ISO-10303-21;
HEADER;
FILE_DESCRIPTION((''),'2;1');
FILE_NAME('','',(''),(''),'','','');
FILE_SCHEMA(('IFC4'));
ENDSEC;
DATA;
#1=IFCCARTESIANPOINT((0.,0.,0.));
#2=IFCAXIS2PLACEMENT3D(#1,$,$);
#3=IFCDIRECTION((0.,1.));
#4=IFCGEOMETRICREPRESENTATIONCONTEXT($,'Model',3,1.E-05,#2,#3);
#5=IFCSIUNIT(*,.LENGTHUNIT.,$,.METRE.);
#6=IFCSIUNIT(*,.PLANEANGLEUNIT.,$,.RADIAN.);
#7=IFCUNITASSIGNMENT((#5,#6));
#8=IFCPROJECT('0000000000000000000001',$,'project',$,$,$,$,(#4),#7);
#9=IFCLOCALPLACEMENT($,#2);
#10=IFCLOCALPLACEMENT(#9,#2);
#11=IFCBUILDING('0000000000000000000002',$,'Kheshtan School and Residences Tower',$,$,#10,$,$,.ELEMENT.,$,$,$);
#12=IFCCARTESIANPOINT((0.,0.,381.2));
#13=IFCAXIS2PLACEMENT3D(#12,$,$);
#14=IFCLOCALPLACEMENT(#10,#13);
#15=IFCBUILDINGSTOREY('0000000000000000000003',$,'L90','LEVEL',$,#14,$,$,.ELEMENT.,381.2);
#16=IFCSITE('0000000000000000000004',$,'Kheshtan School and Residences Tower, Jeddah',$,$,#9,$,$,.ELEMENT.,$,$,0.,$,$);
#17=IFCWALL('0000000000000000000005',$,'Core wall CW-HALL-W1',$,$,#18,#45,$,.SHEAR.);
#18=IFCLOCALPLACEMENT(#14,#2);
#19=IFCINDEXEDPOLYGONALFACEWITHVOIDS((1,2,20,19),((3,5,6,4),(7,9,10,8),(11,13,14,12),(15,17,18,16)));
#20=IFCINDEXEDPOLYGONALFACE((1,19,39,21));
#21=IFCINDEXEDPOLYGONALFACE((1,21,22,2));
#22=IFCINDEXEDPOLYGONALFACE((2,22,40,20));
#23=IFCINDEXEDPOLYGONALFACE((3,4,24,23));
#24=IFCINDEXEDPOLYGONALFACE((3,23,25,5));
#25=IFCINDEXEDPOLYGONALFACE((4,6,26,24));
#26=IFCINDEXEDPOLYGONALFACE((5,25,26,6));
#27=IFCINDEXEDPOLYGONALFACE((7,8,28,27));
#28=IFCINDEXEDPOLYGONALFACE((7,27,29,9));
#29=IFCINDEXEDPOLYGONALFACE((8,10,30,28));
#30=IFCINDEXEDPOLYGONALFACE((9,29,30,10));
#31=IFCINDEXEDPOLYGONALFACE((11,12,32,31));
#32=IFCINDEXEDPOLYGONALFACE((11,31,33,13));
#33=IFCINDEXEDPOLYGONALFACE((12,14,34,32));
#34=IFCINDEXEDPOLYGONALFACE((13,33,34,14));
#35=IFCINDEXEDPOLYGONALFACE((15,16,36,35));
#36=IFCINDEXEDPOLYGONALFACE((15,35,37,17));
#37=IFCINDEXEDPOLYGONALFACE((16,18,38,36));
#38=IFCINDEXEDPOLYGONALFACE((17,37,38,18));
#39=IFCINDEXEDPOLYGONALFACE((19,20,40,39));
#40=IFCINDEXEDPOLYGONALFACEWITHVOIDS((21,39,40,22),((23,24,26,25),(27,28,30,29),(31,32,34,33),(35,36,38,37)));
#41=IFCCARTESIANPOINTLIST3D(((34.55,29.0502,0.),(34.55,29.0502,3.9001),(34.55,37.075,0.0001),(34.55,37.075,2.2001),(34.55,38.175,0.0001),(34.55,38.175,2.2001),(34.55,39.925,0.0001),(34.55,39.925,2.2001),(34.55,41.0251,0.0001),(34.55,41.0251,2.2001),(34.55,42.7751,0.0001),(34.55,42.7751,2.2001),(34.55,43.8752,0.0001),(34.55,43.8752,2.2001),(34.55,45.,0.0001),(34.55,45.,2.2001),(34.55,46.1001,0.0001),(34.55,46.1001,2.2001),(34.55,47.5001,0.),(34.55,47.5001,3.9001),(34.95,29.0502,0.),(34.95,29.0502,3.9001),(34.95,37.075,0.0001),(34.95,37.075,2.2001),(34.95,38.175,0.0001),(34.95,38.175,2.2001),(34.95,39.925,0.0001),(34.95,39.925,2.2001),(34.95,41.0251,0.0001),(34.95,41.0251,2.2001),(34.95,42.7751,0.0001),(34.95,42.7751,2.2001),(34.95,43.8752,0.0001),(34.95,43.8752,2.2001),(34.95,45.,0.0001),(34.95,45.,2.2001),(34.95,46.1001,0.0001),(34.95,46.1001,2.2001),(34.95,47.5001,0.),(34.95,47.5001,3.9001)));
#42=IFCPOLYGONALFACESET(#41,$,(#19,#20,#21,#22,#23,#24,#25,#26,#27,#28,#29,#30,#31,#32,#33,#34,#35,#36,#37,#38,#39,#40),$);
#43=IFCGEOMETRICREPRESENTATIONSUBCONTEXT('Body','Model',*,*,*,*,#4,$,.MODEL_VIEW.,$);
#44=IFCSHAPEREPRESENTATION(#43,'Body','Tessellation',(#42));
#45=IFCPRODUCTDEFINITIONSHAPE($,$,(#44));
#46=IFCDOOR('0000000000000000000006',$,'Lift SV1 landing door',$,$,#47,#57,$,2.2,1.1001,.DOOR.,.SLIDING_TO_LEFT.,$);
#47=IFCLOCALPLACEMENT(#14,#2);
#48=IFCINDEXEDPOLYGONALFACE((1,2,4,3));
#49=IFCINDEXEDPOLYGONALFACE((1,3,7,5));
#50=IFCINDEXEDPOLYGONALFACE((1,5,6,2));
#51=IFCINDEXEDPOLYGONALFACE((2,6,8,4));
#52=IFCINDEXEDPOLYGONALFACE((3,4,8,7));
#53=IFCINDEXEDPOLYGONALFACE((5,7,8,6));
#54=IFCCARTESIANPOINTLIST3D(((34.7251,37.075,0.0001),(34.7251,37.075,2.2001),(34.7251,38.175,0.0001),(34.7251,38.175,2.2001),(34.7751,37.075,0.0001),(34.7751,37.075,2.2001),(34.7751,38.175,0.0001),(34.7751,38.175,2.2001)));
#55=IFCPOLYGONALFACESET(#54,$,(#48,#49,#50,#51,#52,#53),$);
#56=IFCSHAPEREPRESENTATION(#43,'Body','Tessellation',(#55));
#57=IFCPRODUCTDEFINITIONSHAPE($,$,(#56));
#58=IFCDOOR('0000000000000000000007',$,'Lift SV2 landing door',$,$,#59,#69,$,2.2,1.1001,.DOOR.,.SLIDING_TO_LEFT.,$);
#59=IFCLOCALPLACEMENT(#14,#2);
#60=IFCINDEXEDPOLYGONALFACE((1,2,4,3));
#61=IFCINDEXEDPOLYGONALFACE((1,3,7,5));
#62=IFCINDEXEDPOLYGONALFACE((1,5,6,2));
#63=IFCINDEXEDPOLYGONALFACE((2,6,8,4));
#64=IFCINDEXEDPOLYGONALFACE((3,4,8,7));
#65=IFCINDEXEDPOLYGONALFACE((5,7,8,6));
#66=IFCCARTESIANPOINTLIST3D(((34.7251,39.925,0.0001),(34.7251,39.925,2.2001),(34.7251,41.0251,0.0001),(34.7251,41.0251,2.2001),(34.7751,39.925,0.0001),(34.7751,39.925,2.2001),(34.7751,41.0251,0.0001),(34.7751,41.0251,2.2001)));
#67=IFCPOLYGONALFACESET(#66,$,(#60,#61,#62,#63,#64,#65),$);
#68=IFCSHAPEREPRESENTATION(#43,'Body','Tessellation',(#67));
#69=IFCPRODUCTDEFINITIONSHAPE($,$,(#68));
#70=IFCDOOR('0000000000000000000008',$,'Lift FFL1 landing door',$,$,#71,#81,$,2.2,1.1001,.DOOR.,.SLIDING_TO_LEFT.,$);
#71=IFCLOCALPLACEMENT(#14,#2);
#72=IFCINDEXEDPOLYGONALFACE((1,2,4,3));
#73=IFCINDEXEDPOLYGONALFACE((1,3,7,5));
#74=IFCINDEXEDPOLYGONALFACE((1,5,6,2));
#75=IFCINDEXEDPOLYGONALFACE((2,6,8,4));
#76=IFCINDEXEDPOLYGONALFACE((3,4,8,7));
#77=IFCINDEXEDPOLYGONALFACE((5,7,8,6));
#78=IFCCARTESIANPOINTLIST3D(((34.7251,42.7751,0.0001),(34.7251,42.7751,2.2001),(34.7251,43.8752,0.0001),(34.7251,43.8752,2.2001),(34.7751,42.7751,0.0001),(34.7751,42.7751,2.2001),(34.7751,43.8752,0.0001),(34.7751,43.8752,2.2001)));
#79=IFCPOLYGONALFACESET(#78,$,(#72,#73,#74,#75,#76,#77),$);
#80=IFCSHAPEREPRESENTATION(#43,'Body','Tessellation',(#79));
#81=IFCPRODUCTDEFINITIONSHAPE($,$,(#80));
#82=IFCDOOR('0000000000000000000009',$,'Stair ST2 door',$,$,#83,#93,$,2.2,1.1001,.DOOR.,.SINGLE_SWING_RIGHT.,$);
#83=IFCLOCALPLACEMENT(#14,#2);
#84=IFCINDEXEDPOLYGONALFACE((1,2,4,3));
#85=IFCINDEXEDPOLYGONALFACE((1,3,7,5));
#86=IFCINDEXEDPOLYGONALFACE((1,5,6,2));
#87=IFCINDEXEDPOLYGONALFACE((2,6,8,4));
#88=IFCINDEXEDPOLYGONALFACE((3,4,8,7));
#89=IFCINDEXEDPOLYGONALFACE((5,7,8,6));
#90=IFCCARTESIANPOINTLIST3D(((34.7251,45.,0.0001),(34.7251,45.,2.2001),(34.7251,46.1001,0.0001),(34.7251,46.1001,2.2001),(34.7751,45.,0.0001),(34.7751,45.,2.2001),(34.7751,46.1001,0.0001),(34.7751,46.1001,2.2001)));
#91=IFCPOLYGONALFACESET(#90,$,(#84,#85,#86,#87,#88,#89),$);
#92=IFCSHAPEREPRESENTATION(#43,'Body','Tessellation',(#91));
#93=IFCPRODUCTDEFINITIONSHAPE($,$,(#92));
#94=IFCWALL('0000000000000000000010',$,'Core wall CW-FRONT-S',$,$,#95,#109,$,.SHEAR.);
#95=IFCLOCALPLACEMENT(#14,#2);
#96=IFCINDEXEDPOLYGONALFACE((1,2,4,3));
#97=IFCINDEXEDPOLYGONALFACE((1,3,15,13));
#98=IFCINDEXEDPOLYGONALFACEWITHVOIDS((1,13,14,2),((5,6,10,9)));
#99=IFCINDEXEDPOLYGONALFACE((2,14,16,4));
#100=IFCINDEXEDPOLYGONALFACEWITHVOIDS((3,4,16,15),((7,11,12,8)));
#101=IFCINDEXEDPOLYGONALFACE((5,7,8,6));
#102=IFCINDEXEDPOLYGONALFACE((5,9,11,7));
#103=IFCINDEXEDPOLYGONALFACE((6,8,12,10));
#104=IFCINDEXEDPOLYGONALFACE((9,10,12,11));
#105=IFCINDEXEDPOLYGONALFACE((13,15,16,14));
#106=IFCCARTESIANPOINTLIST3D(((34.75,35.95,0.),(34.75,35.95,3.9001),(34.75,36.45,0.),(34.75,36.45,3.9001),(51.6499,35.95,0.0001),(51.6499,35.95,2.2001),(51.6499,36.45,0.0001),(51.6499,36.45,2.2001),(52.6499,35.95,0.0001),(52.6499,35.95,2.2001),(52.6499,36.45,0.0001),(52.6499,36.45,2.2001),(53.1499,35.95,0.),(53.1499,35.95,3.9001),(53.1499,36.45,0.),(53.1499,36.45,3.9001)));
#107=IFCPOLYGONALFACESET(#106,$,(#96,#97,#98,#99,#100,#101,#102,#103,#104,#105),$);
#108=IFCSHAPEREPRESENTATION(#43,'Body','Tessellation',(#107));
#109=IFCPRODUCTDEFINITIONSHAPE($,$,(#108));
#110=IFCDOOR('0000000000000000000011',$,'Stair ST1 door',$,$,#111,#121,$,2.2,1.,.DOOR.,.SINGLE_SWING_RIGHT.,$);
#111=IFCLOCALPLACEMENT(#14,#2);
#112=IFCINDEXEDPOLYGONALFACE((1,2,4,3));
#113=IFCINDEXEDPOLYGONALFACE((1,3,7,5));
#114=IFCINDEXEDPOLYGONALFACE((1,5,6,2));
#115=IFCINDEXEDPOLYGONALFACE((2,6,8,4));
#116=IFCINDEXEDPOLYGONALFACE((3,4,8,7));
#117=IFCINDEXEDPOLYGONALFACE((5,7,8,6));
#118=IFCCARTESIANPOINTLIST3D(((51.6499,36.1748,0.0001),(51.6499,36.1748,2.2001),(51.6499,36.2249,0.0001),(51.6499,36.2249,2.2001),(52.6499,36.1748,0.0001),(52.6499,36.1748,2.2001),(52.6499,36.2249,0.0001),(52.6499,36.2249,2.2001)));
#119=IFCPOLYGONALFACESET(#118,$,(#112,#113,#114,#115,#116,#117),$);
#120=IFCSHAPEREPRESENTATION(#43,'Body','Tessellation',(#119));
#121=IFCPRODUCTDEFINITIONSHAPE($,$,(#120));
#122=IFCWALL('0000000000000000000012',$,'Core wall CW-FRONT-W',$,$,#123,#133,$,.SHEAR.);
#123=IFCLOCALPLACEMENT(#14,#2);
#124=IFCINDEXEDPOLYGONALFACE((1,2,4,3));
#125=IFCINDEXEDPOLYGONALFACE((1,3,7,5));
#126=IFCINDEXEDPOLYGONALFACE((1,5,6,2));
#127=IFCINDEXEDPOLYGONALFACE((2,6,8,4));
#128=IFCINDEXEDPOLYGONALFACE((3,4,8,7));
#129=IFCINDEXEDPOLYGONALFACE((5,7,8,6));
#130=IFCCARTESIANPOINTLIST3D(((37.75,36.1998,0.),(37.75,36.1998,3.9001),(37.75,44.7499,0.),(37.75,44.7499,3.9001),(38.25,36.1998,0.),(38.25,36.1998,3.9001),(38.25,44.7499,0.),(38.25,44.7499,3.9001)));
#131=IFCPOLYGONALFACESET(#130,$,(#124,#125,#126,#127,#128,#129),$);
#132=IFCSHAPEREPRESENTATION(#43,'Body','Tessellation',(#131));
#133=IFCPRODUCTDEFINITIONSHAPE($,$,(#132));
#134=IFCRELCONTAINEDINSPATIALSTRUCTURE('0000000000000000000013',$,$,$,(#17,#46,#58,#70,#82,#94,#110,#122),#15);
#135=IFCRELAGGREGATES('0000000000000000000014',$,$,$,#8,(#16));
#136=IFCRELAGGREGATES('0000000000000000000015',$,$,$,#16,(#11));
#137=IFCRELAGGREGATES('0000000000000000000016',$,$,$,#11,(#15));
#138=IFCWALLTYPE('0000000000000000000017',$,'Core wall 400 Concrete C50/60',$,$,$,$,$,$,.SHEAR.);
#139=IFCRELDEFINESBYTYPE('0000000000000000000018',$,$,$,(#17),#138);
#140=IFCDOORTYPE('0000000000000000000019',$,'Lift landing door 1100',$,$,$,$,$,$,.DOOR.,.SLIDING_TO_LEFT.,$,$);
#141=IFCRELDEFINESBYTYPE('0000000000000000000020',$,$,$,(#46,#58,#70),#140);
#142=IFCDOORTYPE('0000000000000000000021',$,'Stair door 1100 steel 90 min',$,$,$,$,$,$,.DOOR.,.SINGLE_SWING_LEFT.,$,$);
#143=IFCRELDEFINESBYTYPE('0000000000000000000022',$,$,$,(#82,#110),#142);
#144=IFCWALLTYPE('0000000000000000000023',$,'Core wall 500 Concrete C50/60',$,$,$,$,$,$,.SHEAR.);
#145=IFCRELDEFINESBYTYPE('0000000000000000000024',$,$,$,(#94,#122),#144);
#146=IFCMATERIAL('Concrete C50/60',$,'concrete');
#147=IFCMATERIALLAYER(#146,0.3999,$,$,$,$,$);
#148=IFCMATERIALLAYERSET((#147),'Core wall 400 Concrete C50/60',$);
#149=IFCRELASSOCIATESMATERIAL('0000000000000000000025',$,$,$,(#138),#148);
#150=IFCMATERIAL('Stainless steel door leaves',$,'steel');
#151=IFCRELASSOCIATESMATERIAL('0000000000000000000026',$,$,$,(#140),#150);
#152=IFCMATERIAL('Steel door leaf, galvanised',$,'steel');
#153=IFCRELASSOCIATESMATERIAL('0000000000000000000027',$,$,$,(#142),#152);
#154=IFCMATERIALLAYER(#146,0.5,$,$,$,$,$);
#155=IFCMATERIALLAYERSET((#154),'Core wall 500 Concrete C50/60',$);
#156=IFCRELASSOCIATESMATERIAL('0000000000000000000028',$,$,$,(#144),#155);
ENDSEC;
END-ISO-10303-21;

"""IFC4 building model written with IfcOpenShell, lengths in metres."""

from ifc_helpers import new_model, si_unit, direction, frame, frame_2d, origin, place, context, subcontext, project, spatial, rectangle, extrude, source, transform, mapped, material, layer, layer_set, type_object, element, fill, save


model = new_model("IFC4")

# Units and contexts
model_context = context("Model", 3, precision=1e-05, world=origin(), true_north=direction((0.0, 1.0)))
body_context = subcontext(model_context, "Body", "Model", "MODEL_VIEW")
ifc_project = project(units=[si_unit("LENGTHUNIT", "METRE"), si_unit("PLANEANGLEUNIT", "RADIAN")], contexts=[model_context])

# Site, building, storey
site_placement = place(None, origin())
site = spatial("IfcSite", under=ifc_project, at=site_placement, Name="Kheshtan School and Residences Tower, Jeddah", CompositionType="ELEMENT", RefElevation=0.0)
building_placement = place(site_placement, origin())
building = spatial("IfcBuilding", under=site, at=building_placement, Name="Kheshtan School and Residences Tower", CompositionType="ELEMENT")
storey_placement = place(building_placement, frame((0.0, 0.0, 381.2)))
storey = spatial("IfcBuildingStorey", under=building, at=storey_placement, Name="L90", Description="LEVEL", CompositionType="ELEMENT", Elevation=381.2)

# Wall, openings, doors
ifc_material_1 = material(Name="Concrete C50/60", Category="concrete")
ifc_layer_1 = layer(ifc_material_1, 0.3999)
ifc_layer_set_1 = layer_set([ifc_layer_1], Name="Core wall 400 Concrete C50/60")
wall_type_1 = type_object("IfcWallType", Name="Core wall 400 Concrete C50/60", PredefinedType="SHEAR", material=ifc_layer_set_1)
ifc_material_2 = material(Name="Stainless steel door leaves", Category="steel")
door_type_1 = type_object("IfcDoorType", Name="Lift landing door 1100", OperationType="SLIDING_TO_LEFT", PredefinedType="DOOR", material=ifc_material_2)
shared_shape_1 = source(origin(), body_context, "Body", "SweptSolid", [
    extrude(rectangle(XDim=1.1001, YDim=2.2, at=frame_2d((0.55, 1.1001))), frame((0.0, 0.0249, 0.0), z_axis=(0.0, -1.0, 0.0), x_axis=(1.0, 0.0, 0.0)), (0.0, 0.0, 1.0), 0.05),
])
ifc_material_3 = material(Name="Steel door leaf, galvanised", Category="steel")
wall_1_placement = place(storey_placement, frame((34.75, 29.05, 0.0), z_axis=(0.0, 0.0, 1.0), x_axis=(0.0, 1.0, 0.0)))
wall_1 = element("IfcWall", 1, at=wall_1_placement, inside=storey, type_object=wall_type_1, Name="Core wall CW-HALL-W1", PredefinedType="SHEAR", context=body_context, shape_type="SweptSolid", body=[
    extrude(rectangle(XDim=18.45, YDim=0.3999, at=frame_2d((9.2251, 0.0))), origin(), (0.0, 0.0, 1.0), 3.9001),
])
opening_1_placement = place(wall_1_placement, frame((8.0249, 0.0, 0.0)))
opening_1 = element("IfcOpeningElement", 2, at=opening_1_placement, cuts=wall_1, PredefinedType="OPENING", context=body_context, shape_type="SweptSolid", body=[
    extrude(rectangle(XDim=1.1001, YDim=2.2, at=frame_2d((0.55, 1.1001))), frame((0.0, 0.21, 0.0), z_axis=(0.0, -1.0, 0.0), x_axis=(1.0, 0.0, 0.0)), (0.0, 0.0, 1.0), 0.4199),
])
opening_2_placement = place(wall_1_placement, frame((10.875, 0.0, 0.0)))
opening_2 = element("IfcOpeningElement", 3, at=opening_2_placement, cuts=wall_1, PredefinedType="OPENING", context=body_context, shape_type="SweptSolid", body=[
    extrude(rectangle(XDim=1.1001, YDim=2.2, at=frame_2d((0.55, 1.1001))), frame((0.0, 0.21, 0.0), z_axis=(0.0, -1.0, 0.0), x_axis=(1.0, 0.0, 0.0)), (0.0, 0.0, 1.0), 0.4199),
])
opening_3_placement = place(wall_1_placement, frame((13.7251, 0.0, 0.0)))
opening_3 = element("IfcOpeningElement", 4, at=opening_3_placement, cuts=wall_1, PredefinedType="OPENING", context=body_context, shape_type="SweptSolid", body=[
    extrude(rectangle(XDim=1.1001, YDim=2.2, at=frame_2d((0.55, 1.1001))), frame((0.0, 0.21, 0.0), z_axis=(0.0, -1.0, 0.0), x_axis=(1.0, 0.0, 0.0)), (0.0, 0.0, 1.0), 0.4199),
])
opening_4_placement = place(wall_1_placement, frame((15.95, 0.0, 0.0)))
opening_4 = element("IfcOpeningElement", 5, at=opening_4_placement, cuts=wall_1, PredefinedType="OPENING", context=body_context, shape_type="SweptSolid", body=[
    extrude(rectangle(XDim=1.1001, YDim=2.2, at=frame_2d((0.55, 1.1001))), frame((0.0, 0.21, 0.0), z_axis=(0.0, -1.0, 0.0), x_axis=(1.0, 0.0, 0.0)), (0.0, 0.0, 1.0), 0.4199),
])
door_1_placement = place(opening_1_placement, origin())
door_1 = element("IfcDoor", 6, at=door_1_placement, inside=storey, type_object=door_type_1, Name="Lift SV1 landing door", OperationType="SLIDING_TO_LEFT", OverallHeight=2.2, OverallWidth=1.1001, PredefinedType="DOOR", context=body_context, shape_type="MappedRepresentation", body=[
    mapped(shared_shape_1, transform((0.0, 0.0, 0.0), x_axis=(1.0, 0.0, 0.0), y_axis=(0.0, 1.0, 0.0), z_axis=(0.0, 0.0, 1.0), scale=1.0)),
])
fill(opening_1, door_1)
door_2_placement = place(opening_2_placement, origin())
door_2 = element("IfcDoor", 7, at=door_2_placement, inside=storey, type_object=door_type_1, Name="Lift SV2 landing door", OperationType="SLIDING_TO_LEFT", OverallHeight=2.2, OverallWidth=1.1001, PredefinedType="DOOR", context=body_context, shape_type="MappedRepresentation", body=[
    mapped(shared_shape_1, transform((0.0, 0.0, 0.0), x_axis=(1.0, 0.0, 0.0), y_axis=(0.0, 1.0, 0.0), z_axis=(0.0, 0.0, 1.0), scale=1.0)),
])
fill(opening_2, door_2)
door_3_placement = place(opening_3_placement, origin())
door_3 = element("IfcDoor", 8, at=door_3_placement, inside=storey, type_object=door_type_1, Name="Lift FFL1 landing door", OperationType="SLIDING_TO_LEFT", OverallHeight=2.2, OverallWidth=1.1001, PredefinedType="DOOR", context=body_context, shape_type="MappedRepresentation", body=[
    mapped(shared_shape_1, transform((0.0, 0.0, 0.0), x_axis=(1.0, 0.0, 0.0), y_axis=(0.0, 1.0, 0.0), z_axis=(0.0, 0.0, 1.0), scale=1.0)),
])
fill(opening_3, door_3)
door_type_2 = type_object("IfcDoorType", Name="Stair door 1100 steel 90 min", OperationType="SINGLE_SWING_LEFT", PredefinedType="DOOR", material=ifc_material_3)
shared_shape_2 = source(origin(), body_context, "Body", "SweptSolid", [
    extrude(rectangle(XDim=1.1001, YDim=2.2, at=frame_2d((0.55, 1.1001))), frame((0.0, 0.0249, 0.0), z_axis=(0.0, -1.0, 0.0), x_axis=(1.0, 0.0, 0.0)), (0.0, 0.0, 1.0), 0.05),
])
door_4_placement = place(opening_4_placement, origin())
door_4 = element("IfcDoor", 9, at=door_4_placement, inside=storey, type_object=door_type_2, Name="Stair ST2 door", OperationType="SINGLE_SWING_RIGHT", OverallHeight=2.2, OverallWidth=1.1001, PredefinedType="DOOR", context=body_context, shape_type="MappedRepresentation", body=[
    mapped(shared_shape_2, transform((0.0, 0.0, 0.0), x_axis=(1.0, 0.0, 0.0), y_axis=(0.0, 1.0, 0.0), z_axis=(0.0, 0.0, 1.0), scale=1.0)),
])
fill(opening_4, door_4)

# Wall, opening, door
ifc_layer_2 = layer(ifc_material_1, 0.5)
ifc_layer_set_2 = layer_set([ifc_layer_2], Name="Core wall 500 Concrete C50/60")
wall_type_2 = type_object("IfcWallType", Name="Core wall 500 Concrete C50/60", PredefinedType="SHEAR", material=ifc_layer_set_2)
wall_2_placement = place(storey_placement, frame((34.75, 36.2, 0.0), z_axis=(0.0, 0.0, 1.0), x_axis=(1.0, 0.0, 0.0)))
wall_2 = element("IfcWall", 10, at=wall_2_placement, inside=storey, type_object=wall_type_2, Name="Core wall CW-FRONT-S", PredefinedType="SHEAR", context=body_context, shape_type="SweptSolid", body=[
    extrude(rectangle(XDim=18.3999, YDim=0.5, at=frame_2d((9.2, 0.0))), origin(), (0.0, 0.0, 1.0), 3.9001),
])
opening_5_placement = place(wall_2_placement, frame((16.8999, 0.0, 0.0)))
opening_5 = element("IfcOpeningElement", 11, at=opening_5_placement, cuts=wall_2, PredefinedType="OPENING", context=body_context, shape_type="SweptSolid", body=[
    extrude(rectangle(XDim=1.0, YDim=2.2, at=frame_2d((0.5, 1.1001))), frame((0.0, 0.26, 0.0), z_axis=(0.0, -1.0, 0.0), x_axis=(1.0, 0.0, 0.0)), (0.0, 0.0, 1.0), 0.52),
])
shared_shape_3 = source(origin(), body_context, "Body", "SweptSolid", [
    extrude(rectangle(XDim=1.0, YDim=2.2, at=frame_2d((0.5, 1.1001))), frame((0.0, 0.0249, 0.0), z_axis=(0.0, -1.0, 0.0), x_axis=(1.0, 0.0, 0.0)), (0.0, 0.0, 1.0), 0.05),
])
door_5_placement = place(opening_5_placement, origin())
door_5 = element("IfcDoor", 12, at=door_5_placement, inside=storey, type_object=door_type_2, Name="Stair ST1 door", OperationType="SINGLE_SWING_RIGHT", OverallHeight=2.2, OverallWidth=1.0, PredefinedType="DOOR", context=body_context, shape_type="MappedRepresentation", body=[
    mapped(shared_shape_3, transform((0.0, 0.0, 0.0), x_axis=(1.0, 0.0, 0.0), y_axis=(0.0, 1.0, 0.0), z_axis=(0.0, 0.0, 1.0), scale=1.0)),
])
fill(opening_5, door_5)

# Wall
wall_3_placement = place(storey_placement, frame((38.0, 36.2, 0.0), z_axis=(0.0, 0.0, 1.0), x_axis=(0.0, 1.0, 0.0)))
element("IfcWall", 13, at=wall_3_placement, inside=storey, type_object=wall_type_2, Name="Core wall CW-FRONT-W", PredefinedType="SHEAR", context=body_context, shape_type="SweptSolid", body=[
    extrude(rectangle(XDim=8.55, YDim=0.5, at=frame_2d((4.2749, 0.0))), origin(), (0.0, 0.0, 1.0), 3.9001),
])

save(model, "model.ifc")
